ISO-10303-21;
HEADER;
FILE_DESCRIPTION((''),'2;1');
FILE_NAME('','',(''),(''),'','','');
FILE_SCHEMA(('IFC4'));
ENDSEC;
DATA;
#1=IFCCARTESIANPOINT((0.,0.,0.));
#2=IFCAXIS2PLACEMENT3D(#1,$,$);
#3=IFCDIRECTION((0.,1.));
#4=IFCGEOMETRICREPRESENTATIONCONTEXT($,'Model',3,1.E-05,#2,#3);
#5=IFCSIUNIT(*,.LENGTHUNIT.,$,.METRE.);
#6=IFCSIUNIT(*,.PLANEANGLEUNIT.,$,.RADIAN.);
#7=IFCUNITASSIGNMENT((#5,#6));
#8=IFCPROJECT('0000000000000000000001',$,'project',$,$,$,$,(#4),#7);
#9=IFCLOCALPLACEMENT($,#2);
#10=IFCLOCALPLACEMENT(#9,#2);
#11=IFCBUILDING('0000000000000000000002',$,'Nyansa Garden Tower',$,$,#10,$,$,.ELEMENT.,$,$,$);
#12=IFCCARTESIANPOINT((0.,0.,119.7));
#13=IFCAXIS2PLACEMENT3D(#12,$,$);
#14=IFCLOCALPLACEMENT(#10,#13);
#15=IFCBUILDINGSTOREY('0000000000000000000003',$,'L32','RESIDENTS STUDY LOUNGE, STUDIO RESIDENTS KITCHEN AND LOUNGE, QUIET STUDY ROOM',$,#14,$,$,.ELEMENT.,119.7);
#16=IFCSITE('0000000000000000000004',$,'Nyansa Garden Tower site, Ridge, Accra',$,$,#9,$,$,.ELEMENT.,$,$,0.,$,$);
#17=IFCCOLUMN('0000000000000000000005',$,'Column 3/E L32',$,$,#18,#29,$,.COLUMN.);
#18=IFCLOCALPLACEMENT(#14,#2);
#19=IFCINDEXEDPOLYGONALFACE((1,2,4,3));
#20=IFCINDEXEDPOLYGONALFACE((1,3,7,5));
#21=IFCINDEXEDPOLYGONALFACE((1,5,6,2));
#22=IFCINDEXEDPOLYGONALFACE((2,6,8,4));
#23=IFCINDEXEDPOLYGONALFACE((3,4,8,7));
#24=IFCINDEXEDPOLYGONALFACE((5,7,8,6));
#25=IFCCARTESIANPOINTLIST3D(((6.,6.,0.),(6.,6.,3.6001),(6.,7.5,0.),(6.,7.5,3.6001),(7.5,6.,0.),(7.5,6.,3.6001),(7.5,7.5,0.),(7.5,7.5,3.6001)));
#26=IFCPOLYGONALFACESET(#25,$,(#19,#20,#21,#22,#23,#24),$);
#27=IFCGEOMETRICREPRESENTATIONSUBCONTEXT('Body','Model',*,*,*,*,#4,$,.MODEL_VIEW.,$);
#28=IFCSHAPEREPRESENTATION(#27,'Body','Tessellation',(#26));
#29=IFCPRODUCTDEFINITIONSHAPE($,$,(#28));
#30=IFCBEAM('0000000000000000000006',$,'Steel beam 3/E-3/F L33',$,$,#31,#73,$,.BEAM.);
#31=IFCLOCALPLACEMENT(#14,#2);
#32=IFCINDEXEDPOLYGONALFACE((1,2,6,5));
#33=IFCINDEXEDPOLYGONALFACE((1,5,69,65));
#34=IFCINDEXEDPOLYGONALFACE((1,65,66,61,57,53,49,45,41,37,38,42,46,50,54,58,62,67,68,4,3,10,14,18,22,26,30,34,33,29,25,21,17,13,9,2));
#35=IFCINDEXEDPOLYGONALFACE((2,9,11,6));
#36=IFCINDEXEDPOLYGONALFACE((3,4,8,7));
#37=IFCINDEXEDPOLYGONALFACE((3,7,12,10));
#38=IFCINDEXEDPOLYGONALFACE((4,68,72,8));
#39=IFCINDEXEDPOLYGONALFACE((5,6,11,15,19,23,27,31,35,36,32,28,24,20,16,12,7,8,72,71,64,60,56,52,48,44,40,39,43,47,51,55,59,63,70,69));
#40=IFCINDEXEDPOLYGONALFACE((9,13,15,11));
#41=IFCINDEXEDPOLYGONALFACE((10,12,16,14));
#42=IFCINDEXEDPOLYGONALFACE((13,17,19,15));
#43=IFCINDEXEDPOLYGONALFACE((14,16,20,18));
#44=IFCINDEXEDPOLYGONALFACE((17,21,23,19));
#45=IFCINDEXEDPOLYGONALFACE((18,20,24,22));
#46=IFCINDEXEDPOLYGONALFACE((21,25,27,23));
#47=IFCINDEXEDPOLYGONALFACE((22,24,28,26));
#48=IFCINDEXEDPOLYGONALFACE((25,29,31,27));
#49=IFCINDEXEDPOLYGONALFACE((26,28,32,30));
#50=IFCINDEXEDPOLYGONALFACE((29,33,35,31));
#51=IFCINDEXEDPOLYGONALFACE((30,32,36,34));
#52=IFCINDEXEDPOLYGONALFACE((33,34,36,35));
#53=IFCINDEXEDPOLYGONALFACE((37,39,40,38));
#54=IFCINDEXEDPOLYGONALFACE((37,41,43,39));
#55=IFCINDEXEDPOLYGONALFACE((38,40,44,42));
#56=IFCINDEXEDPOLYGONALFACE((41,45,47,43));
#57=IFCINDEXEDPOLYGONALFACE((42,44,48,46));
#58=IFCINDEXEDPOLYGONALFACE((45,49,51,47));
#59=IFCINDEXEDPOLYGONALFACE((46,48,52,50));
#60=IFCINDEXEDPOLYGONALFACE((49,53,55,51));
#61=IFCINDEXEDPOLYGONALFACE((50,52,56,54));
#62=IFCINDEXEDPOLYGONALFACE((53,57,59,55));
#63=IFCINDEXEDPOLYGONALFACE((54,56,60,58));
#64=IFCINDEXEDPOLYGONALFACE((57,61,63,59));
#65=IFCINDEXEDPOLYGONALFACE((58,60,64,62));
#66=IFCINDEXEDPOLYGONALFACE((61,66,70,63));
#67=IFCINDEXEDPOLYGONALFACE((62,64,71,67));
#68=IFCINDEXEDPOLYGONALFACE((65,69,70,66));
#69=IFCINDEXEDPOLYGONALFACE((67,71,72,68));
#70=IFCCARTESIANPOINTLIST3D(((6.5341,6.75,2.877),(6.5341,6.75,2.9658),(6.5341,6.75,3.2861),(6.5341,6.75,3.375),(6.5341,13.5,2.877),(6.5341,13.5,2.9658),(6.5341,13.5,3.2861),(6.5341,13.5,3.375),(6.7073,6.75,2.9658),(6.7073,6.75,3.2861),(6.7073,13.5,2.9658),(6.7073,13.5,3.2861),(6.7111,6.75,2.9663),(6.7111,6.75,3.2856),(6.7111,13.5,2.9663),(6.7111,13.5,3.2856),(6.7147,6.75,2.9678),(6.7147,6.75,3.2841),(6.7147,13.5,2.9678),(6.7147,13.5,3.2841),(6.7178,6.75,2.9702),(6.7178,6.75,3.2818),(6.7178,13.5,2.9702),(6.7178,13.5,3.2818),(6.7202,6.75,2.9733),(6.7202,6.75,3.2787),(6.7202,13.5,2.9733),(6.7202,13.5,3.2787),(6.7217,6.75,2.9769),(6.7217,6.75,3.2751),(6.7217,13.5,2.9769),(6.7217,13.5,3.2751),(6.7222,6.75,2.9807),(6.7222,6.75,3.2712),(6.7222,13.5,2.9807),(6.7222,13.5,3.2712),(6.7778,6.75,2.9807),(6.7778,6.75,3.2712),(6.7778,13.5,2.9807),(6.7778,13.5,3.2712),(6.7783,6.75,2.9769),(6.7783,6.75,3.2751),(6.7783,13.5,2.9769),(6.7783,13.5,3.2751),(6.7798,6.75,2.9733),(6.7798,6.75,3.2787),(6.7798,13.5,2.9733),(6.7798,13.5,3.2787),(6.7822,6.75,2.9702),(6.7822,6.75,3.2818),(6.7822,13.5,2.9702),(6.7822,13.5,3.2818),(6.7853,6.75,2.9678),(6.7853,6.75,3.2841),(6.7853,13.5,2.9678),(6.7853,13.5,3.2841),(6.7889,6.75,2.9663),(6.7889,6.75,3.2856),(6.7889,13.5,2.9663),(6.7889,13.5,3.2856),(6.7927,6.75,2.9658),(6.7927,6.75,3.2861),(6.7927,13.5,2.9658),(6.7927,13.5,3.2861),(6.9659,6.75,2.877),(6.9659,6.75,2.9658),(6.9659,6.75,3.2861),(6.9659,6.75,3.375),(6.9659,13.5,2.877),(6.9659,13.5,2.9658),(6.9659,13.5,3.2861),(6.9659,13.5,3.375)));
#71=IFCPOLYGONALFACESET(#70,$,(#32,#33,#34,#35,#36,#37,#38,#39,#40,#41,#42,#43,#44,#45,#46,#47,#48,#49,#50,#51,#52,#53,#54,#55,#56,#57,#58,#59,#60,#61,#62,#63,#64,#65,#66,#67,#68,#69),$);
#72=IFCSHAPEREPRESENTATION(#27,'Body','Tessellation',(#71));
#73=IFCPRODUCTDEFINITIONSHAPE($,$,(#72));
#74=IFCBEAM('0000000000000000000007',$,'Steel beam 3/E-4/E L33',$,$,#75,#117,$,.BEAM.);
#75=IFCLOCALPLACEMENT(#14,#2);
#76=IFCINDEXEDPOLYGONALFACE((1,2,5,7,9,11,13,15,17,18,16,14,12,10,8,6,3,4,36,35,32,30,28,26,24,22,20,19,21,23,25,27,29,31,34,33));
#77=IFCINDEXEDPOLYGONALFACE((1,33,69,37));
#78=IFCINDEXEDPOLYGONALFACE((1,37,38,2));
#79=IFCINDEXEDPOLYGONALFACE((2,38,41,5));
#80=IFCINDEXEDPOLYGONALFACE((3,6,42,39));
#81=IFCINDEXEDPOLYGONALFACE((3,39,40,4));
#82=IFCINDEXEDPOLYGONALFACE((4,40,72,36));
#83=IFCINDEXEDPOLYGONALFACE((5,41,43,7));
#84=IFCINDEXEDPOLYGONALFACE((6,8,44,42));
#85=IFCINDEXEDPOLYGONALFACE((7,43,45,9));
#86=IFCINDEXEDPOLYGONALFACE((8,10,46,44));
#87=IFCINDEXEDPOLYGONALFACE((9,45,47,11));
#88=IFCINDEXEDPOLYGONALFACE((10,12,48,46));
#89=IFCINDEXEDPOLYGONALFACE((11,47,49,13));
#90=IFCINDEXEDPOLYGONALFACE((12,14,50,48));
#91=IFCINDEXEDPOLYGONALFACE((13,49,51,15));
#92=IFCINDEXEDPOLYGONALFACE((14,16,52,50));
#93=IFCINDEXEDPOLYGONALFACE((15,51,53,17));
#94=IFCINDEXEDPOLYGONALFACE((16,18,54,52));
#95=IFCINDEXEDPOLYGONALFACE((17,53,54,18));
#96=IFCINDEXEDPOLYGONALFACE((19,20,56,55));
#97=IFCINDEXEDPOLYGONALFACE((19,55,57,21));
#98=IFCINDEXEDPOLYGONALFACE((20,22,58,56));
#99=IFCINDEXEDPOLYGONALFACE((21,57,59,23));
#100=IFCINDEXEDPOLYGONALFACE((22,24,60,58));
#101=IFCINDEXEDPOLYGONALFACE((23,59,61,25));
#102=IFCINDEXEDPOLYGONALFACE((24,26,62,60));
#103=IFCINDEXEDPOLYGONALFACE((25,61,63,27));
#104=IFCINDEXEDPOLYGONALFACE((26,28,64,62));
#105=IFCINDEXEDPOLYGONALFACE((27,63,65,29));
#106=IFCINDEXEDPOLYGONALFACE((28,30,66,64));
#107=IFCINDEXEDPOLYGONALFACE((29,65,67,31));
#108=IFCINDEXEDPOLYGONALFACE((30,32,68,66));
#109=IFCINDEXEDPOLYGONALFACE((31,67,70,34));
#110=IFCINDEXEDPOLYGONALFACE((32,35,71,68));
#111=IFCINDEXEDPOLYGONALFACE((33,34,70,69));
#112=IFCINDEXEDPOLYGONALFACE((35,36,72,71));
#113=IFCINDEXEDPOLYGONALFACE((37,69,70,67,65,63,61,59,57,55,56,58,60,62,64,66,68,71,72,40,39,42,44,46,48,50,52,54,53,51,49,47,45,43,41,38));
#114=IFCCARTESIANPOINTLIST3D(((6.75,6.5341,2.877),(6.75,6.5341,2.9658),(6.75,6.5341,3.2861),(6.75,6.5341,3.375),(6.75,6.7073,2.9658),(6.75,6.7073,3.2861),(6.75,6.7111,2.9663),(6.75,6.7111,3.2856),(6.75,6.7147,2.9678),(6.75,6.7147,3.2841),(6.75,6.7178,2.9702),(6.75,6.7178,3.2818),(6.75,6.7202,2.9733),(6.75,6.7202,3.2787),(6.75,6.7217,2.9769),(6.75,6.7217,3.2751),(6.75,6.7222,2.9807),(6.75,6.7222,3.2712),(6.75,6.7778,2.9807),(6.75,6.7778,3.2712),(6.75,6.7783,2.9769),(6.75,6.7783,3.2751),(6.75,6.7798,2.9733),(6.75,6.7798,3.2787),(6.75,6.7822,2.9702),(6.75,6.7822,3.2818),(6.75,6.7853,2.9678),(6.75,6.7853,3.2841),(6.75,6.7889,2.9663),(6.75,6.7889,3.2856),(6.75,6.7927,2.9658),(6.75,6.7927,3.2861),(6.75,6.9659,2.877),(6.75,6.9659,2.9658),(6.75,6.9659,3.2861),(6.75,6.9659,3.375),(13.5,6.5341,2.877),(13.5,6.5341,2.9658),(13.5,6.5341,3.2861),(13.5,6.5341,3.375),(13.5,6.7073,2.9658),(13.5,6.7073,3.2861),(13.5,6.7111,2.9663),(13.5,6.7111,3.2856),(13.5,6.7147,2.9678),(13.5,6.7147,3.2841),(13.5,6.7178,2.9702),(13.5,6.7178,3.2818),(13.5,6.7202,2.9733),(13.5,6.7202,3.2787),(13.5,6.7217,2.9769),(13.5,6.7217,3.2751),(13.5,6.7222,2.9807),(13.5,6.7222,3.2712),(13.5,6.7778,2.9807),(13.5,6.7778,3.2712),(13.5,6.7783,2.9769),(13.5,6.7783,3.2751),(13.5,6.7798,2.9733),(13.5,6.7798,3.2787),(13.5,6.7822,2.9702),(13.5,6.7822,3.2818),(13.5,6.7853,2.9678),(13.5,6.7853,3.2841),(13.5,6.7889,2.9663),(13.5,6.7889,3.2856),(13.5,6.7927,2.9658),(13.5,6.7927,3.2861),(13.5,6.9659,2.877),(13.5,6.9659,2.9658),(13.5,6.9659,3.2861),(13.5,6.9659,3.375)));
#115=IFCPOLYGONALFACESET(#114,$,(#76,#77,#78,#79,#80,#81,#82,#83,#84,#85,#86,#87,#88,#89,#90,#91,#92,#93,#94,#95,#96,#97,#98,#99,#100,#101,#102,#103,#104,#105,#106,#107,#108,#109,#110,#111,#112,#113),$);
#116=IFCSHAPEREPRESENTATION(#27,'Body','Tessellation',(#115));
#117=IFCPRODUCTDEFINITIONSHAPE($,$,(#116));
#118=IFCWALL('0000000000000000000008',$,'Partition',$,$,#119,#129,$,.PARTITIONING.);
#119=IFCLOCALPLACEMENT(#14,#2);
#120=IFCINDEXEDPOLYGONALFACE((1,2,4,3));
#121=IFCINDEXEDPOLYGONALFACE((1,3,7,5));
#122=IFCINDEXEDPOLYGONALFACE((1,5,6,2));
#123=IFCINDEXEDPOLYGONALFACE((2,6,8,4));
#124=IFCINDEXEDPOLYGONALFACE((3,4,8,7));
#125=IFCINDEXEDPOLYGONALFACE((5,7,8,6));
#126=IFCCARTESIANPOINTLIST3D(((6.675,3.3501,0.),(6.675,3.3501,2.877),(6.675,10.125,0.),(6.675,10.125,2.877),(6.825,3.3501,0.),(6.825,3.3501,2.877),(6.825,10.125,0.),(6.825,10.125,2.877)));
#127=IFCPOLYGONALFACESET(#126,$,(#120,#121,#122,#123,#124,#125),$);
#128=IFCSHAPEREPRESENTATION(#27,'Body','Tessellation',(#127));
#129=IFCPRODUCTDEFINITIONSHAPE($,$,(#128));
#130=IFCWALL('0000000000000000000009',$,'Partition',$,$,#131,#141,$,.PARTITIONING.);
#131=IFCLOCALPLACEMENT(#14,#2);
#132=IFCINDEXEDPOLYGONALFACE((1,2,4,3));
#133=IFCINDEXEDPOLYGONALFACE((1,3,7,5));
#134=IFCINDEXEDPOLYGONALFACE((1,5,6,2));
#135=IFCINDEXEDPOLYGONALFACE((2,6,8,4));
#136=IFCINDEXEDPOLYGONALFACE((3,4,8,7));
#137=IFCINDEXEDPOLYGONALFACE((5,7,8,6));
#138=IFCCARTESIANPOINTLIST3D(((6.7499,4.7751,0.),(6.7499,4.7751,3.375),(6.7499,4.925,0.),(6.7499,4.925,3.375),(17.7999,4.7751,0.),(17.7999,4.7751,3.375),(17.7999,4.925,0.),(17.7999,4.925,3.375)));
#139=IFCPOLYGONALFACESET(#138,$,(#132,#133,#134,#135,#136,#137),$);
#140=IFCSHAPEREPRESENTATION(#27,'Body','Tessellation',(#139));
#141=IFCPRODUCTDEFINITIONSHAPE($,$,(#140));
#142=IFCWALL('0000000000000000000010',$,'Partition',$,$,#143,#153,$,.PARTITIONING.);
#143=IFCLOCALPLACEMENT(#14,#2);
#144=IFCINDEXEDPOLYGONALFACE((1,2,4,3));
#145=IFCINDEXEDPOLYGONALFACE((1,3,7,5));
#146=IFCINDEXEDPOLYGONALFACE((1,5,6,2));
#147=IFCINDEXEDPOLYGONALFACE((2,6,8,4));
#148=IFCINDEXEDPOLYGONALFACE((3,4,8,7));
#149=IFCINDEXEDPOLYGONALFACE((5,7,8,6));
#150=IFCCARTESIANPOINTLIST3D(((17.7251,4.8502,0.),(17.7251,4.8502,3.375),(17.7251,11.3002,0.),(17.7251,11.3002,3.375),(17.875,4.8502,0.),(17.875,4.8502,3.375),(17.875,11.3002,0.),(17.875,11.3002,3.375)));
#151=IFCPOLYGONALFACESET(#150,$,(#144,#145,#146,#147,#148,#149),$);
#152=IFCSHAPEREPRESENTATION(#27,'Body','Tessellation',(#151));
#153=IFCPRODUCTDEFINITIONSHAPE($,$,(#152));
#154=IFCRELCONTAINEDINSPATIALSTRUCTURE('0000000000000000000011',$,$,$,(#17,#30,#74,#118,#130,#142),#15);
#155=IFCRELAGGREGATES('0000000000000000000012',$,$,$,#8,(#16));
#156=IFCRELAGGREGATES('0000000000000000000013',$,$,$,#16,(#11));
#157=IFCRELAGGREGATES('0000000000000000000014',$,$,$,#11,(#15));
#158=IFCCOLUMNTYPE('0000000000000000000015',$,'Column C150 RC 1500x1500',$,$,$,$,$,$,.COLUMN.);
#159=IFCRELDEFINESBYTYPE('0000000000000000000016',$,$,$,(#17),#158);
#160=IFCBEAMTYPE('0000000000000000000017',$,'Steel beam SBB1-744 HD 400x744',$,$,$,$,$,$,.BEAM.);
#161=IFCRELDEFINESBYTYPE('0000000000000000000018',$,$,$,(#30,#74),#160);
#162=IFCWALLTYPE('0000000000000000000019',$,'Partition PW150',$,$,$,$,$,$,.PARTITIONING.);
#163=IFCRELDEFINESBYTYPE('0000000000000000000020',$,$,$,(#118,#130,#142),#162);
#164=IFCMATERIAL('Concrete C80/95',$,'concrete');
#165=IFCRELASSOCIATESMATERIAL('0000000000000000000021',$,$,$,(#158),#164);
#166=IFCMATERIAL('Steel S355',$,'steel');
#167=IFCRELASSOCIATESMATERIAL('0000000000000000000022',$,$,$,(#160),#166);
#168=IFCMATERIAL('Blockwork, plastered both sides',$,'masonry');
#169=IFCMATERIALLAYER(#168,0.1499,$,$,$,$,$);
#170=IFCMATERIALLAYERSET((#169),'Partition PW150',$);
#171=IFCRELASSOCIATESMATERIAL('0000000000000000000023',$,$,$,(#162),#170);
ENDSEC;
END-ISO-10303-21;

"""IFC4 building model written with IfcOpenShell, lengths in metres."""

from ifc_helpers import new_model, si_unit, direction, frame, frame_2d, origin, origin_2d, place, context, subcontext, project, spatial, rectangle, i_section, extrude, material, layer, layer_set, material_profile, profile_set, type_object, element, save


model = new_model("IFC4")

# Units and contexts
model_context = context("Model", 3, precision=1e-05, world=origin(), true_north=direction((0.0, 1.0)))
body_context = subcontext(model_context, "Body", "Model", "MODEL_VIEW")
ifc_project = project(units=[si_unit("LENGTHUNIT", "METRE"), si_unit("PLANEANGLEUNIT", "RADIAN")], contexts=[model_context])

# Site, building, storey
site_placement = place(None, origin())
site = spatial("IfcSite", under=ifc_project, at=site_placement, Name="Nyansa Garden Tower site, Ridge, Accra", CompositionType="ELEMENT", RefElevation=0.0)
building_placement = place(site_placement, origin())
building = spatial("IfcBuilding", under=site, at=building_placement, Name="Nyansa Garden Tower", CompositionType="ELEMENT")
storey_placement = place(building_placement, frame((0.0, 0.0, 119.7)))
storey = spatial("IfcBuildingStorey", under=building, at=storey_placement, Name="L32", Description="RESIDENTS STUDY LOUNGE, STUDIO RESIDENTS KITCHEN AND LOUNGE, QUIET STUDY ROOM", CompositionType="ELEMENT", Elevation=119.7)

# Column
ifc_material_1 = material(Name="Concrete C80/95", Category="concrete")
ifc_material_profile_1 = material_profile(ifc_material_1, rectangle(XDim=1.5, YDim=1.5, at=origin_2d()), Name="RC 1500x1500")
ifc_profile_set_1 = profile_set([ifc_material_profile_1], Name="Concrete C80/95")
column_type = type_object("IfcColumnType", Name="Column C150 RC 1500x1500", PredefinedType="COLUMN", material=ifc_profile_set_1)
column_placement = place(storey_placement, frame((6.75, 6.75, 0.0), z_axis=(0.0, 0.0, 1.0), x_axis=(1.0, 0.0, 0.0)))
element("IfcColumn", 1, at=column_placement, inside=storey, type_object=column_type, Name="Column 3/E L32", PredefinedType="COLUMN", context=body_context, shape_type="SweptSolid", body=[
    extrude(rectangle(XDim=1.5, YDim=1.5, at=origin_2d()), origin(), (0.0, 0.0, 1.0), 3.6001),
])

# Beams
ifc_material_2 = material(Name="Steel S355", Category="steel")
ifc_material_profile_2 = material_profile(ifc_material_2, i_section(OverallWidth=0.4319, OverallDepth=0.498, WebThickness=0.0557, FlangeThickness=0.0889, FilletRadius=0.0149, at=origin_2d()), Name="HD 400x744")
ifc_profile_set_2 = profile_set([ifc_material_profile_2], Name="Steel S355")
beam_type = type_object("IfcBeamType", Name="Steel beam SBB1-744 HD 400x744", PredefinedType="BEAM", material=ifc_profile_set_2)
for number, where, z_axis, x_axis, name in (
    (2, (6.75, 6.75, 3.126), (0.0, 1.0, 0.0), (-1.0, 0.0, 0.0), "Steel beam 3/E-3/F L33"),
    (3, (6.75, 6.75, 3.126), (1.0, 0.0, 0.0), (0.0, 1.0, 0.0), "Steel beam 3/E-4/E L33"),
):
    element("IfcBeam", number, at=place(storey_placement, frame(where, z_axis=z_axis, x_axis=x_axis)), inside=storey, type_object=beam_type, Name=name, PredefinedType="BEAM", context=body_context, shape_type="SweptSolid", body=[
        extrude(i_section(OverallWidth=0.4319, OverallDepth=0.498, WebThickness=0.0557, FlangeThickness=0.0889, FilletRadius=0.0149, at=origin_2d()), origin(), (0.0, 0.0, 1.0), 6.75),
    ])

# Walls
ifc_material_3 = material(Name="Blockwork, plastered both sides", Category="masonry")
ifc_layer_1 = layer(ifc_material_3, 0.1499)
ifc_layer_set_1 = layer_set([ifc_layer_1], Name="Partition PW150")
wall_type_1 = type_object("IfcWallType", Name="Partition PW150", PredefinedType="PARTITIONING", material=ifc_layer_set_1)
wall_1_placement = place(storey_placement, frame((6.75, 3.3501, 0.0), z_axis=(0.0, 0.0, 1.0), x_axis=(0.0, 1.0, 0.0)))
element("IfcWall", 4, at=wall_1_placement, inside=storey, type_object=wall_type_1, Name="Partition", PredefinedType="PARTITIONING", context=body_context, shape_type="SweptSolid", body=[
    extrude(rectangle(XDim=6.7749, YDim=0.1499, at=frame_2d((3.3875, 0.0))), origin(), (0.0, 0.0, 1.0), 2.877),
])
wall_2_placement = place(storey_placement, frame((6.75, 4.8501, 0.0), z_axis=(0.0, 0.0, 1.0), x_axis=(1.0, 0.0, 0.0)))
element("IfcWall", 5, at=wall_2_placement, inside=storey, type_object=wall_type_1, Name="Partition", PredefinedType="PARTITIONING", context=body_context, shape_type="SweptSolid", body=[
    extrude(rectangle(XDim=11.05, YDim=0.1499, at=frame_2d((5.5249, 0.0))), origin(), (0.0, 0.0, 1.0), 3.375),
])
wall_3_placement = place(storey_placement, frame((17.8, 4.8501, 0.0), z_axis=(0.0, 0.0, 1.0), x_axis=(0.0, 1.0, 0.0)))
element("IfcWall", 6, at=wall_3_placement, inside=storey, type_object=wall_type_1, Name="Partition", PredefinedType="PARTITIONING", context=body_context, shape_type="SweptSolid", body=[
    extrude(rectangle(XDim=6.45, YDim=0.1499, at=frame_2d((3.2251, 0.0))), origin(), (0.0, 0.0, 1.0), 3.375),
])

save(model, "model.ifc")
